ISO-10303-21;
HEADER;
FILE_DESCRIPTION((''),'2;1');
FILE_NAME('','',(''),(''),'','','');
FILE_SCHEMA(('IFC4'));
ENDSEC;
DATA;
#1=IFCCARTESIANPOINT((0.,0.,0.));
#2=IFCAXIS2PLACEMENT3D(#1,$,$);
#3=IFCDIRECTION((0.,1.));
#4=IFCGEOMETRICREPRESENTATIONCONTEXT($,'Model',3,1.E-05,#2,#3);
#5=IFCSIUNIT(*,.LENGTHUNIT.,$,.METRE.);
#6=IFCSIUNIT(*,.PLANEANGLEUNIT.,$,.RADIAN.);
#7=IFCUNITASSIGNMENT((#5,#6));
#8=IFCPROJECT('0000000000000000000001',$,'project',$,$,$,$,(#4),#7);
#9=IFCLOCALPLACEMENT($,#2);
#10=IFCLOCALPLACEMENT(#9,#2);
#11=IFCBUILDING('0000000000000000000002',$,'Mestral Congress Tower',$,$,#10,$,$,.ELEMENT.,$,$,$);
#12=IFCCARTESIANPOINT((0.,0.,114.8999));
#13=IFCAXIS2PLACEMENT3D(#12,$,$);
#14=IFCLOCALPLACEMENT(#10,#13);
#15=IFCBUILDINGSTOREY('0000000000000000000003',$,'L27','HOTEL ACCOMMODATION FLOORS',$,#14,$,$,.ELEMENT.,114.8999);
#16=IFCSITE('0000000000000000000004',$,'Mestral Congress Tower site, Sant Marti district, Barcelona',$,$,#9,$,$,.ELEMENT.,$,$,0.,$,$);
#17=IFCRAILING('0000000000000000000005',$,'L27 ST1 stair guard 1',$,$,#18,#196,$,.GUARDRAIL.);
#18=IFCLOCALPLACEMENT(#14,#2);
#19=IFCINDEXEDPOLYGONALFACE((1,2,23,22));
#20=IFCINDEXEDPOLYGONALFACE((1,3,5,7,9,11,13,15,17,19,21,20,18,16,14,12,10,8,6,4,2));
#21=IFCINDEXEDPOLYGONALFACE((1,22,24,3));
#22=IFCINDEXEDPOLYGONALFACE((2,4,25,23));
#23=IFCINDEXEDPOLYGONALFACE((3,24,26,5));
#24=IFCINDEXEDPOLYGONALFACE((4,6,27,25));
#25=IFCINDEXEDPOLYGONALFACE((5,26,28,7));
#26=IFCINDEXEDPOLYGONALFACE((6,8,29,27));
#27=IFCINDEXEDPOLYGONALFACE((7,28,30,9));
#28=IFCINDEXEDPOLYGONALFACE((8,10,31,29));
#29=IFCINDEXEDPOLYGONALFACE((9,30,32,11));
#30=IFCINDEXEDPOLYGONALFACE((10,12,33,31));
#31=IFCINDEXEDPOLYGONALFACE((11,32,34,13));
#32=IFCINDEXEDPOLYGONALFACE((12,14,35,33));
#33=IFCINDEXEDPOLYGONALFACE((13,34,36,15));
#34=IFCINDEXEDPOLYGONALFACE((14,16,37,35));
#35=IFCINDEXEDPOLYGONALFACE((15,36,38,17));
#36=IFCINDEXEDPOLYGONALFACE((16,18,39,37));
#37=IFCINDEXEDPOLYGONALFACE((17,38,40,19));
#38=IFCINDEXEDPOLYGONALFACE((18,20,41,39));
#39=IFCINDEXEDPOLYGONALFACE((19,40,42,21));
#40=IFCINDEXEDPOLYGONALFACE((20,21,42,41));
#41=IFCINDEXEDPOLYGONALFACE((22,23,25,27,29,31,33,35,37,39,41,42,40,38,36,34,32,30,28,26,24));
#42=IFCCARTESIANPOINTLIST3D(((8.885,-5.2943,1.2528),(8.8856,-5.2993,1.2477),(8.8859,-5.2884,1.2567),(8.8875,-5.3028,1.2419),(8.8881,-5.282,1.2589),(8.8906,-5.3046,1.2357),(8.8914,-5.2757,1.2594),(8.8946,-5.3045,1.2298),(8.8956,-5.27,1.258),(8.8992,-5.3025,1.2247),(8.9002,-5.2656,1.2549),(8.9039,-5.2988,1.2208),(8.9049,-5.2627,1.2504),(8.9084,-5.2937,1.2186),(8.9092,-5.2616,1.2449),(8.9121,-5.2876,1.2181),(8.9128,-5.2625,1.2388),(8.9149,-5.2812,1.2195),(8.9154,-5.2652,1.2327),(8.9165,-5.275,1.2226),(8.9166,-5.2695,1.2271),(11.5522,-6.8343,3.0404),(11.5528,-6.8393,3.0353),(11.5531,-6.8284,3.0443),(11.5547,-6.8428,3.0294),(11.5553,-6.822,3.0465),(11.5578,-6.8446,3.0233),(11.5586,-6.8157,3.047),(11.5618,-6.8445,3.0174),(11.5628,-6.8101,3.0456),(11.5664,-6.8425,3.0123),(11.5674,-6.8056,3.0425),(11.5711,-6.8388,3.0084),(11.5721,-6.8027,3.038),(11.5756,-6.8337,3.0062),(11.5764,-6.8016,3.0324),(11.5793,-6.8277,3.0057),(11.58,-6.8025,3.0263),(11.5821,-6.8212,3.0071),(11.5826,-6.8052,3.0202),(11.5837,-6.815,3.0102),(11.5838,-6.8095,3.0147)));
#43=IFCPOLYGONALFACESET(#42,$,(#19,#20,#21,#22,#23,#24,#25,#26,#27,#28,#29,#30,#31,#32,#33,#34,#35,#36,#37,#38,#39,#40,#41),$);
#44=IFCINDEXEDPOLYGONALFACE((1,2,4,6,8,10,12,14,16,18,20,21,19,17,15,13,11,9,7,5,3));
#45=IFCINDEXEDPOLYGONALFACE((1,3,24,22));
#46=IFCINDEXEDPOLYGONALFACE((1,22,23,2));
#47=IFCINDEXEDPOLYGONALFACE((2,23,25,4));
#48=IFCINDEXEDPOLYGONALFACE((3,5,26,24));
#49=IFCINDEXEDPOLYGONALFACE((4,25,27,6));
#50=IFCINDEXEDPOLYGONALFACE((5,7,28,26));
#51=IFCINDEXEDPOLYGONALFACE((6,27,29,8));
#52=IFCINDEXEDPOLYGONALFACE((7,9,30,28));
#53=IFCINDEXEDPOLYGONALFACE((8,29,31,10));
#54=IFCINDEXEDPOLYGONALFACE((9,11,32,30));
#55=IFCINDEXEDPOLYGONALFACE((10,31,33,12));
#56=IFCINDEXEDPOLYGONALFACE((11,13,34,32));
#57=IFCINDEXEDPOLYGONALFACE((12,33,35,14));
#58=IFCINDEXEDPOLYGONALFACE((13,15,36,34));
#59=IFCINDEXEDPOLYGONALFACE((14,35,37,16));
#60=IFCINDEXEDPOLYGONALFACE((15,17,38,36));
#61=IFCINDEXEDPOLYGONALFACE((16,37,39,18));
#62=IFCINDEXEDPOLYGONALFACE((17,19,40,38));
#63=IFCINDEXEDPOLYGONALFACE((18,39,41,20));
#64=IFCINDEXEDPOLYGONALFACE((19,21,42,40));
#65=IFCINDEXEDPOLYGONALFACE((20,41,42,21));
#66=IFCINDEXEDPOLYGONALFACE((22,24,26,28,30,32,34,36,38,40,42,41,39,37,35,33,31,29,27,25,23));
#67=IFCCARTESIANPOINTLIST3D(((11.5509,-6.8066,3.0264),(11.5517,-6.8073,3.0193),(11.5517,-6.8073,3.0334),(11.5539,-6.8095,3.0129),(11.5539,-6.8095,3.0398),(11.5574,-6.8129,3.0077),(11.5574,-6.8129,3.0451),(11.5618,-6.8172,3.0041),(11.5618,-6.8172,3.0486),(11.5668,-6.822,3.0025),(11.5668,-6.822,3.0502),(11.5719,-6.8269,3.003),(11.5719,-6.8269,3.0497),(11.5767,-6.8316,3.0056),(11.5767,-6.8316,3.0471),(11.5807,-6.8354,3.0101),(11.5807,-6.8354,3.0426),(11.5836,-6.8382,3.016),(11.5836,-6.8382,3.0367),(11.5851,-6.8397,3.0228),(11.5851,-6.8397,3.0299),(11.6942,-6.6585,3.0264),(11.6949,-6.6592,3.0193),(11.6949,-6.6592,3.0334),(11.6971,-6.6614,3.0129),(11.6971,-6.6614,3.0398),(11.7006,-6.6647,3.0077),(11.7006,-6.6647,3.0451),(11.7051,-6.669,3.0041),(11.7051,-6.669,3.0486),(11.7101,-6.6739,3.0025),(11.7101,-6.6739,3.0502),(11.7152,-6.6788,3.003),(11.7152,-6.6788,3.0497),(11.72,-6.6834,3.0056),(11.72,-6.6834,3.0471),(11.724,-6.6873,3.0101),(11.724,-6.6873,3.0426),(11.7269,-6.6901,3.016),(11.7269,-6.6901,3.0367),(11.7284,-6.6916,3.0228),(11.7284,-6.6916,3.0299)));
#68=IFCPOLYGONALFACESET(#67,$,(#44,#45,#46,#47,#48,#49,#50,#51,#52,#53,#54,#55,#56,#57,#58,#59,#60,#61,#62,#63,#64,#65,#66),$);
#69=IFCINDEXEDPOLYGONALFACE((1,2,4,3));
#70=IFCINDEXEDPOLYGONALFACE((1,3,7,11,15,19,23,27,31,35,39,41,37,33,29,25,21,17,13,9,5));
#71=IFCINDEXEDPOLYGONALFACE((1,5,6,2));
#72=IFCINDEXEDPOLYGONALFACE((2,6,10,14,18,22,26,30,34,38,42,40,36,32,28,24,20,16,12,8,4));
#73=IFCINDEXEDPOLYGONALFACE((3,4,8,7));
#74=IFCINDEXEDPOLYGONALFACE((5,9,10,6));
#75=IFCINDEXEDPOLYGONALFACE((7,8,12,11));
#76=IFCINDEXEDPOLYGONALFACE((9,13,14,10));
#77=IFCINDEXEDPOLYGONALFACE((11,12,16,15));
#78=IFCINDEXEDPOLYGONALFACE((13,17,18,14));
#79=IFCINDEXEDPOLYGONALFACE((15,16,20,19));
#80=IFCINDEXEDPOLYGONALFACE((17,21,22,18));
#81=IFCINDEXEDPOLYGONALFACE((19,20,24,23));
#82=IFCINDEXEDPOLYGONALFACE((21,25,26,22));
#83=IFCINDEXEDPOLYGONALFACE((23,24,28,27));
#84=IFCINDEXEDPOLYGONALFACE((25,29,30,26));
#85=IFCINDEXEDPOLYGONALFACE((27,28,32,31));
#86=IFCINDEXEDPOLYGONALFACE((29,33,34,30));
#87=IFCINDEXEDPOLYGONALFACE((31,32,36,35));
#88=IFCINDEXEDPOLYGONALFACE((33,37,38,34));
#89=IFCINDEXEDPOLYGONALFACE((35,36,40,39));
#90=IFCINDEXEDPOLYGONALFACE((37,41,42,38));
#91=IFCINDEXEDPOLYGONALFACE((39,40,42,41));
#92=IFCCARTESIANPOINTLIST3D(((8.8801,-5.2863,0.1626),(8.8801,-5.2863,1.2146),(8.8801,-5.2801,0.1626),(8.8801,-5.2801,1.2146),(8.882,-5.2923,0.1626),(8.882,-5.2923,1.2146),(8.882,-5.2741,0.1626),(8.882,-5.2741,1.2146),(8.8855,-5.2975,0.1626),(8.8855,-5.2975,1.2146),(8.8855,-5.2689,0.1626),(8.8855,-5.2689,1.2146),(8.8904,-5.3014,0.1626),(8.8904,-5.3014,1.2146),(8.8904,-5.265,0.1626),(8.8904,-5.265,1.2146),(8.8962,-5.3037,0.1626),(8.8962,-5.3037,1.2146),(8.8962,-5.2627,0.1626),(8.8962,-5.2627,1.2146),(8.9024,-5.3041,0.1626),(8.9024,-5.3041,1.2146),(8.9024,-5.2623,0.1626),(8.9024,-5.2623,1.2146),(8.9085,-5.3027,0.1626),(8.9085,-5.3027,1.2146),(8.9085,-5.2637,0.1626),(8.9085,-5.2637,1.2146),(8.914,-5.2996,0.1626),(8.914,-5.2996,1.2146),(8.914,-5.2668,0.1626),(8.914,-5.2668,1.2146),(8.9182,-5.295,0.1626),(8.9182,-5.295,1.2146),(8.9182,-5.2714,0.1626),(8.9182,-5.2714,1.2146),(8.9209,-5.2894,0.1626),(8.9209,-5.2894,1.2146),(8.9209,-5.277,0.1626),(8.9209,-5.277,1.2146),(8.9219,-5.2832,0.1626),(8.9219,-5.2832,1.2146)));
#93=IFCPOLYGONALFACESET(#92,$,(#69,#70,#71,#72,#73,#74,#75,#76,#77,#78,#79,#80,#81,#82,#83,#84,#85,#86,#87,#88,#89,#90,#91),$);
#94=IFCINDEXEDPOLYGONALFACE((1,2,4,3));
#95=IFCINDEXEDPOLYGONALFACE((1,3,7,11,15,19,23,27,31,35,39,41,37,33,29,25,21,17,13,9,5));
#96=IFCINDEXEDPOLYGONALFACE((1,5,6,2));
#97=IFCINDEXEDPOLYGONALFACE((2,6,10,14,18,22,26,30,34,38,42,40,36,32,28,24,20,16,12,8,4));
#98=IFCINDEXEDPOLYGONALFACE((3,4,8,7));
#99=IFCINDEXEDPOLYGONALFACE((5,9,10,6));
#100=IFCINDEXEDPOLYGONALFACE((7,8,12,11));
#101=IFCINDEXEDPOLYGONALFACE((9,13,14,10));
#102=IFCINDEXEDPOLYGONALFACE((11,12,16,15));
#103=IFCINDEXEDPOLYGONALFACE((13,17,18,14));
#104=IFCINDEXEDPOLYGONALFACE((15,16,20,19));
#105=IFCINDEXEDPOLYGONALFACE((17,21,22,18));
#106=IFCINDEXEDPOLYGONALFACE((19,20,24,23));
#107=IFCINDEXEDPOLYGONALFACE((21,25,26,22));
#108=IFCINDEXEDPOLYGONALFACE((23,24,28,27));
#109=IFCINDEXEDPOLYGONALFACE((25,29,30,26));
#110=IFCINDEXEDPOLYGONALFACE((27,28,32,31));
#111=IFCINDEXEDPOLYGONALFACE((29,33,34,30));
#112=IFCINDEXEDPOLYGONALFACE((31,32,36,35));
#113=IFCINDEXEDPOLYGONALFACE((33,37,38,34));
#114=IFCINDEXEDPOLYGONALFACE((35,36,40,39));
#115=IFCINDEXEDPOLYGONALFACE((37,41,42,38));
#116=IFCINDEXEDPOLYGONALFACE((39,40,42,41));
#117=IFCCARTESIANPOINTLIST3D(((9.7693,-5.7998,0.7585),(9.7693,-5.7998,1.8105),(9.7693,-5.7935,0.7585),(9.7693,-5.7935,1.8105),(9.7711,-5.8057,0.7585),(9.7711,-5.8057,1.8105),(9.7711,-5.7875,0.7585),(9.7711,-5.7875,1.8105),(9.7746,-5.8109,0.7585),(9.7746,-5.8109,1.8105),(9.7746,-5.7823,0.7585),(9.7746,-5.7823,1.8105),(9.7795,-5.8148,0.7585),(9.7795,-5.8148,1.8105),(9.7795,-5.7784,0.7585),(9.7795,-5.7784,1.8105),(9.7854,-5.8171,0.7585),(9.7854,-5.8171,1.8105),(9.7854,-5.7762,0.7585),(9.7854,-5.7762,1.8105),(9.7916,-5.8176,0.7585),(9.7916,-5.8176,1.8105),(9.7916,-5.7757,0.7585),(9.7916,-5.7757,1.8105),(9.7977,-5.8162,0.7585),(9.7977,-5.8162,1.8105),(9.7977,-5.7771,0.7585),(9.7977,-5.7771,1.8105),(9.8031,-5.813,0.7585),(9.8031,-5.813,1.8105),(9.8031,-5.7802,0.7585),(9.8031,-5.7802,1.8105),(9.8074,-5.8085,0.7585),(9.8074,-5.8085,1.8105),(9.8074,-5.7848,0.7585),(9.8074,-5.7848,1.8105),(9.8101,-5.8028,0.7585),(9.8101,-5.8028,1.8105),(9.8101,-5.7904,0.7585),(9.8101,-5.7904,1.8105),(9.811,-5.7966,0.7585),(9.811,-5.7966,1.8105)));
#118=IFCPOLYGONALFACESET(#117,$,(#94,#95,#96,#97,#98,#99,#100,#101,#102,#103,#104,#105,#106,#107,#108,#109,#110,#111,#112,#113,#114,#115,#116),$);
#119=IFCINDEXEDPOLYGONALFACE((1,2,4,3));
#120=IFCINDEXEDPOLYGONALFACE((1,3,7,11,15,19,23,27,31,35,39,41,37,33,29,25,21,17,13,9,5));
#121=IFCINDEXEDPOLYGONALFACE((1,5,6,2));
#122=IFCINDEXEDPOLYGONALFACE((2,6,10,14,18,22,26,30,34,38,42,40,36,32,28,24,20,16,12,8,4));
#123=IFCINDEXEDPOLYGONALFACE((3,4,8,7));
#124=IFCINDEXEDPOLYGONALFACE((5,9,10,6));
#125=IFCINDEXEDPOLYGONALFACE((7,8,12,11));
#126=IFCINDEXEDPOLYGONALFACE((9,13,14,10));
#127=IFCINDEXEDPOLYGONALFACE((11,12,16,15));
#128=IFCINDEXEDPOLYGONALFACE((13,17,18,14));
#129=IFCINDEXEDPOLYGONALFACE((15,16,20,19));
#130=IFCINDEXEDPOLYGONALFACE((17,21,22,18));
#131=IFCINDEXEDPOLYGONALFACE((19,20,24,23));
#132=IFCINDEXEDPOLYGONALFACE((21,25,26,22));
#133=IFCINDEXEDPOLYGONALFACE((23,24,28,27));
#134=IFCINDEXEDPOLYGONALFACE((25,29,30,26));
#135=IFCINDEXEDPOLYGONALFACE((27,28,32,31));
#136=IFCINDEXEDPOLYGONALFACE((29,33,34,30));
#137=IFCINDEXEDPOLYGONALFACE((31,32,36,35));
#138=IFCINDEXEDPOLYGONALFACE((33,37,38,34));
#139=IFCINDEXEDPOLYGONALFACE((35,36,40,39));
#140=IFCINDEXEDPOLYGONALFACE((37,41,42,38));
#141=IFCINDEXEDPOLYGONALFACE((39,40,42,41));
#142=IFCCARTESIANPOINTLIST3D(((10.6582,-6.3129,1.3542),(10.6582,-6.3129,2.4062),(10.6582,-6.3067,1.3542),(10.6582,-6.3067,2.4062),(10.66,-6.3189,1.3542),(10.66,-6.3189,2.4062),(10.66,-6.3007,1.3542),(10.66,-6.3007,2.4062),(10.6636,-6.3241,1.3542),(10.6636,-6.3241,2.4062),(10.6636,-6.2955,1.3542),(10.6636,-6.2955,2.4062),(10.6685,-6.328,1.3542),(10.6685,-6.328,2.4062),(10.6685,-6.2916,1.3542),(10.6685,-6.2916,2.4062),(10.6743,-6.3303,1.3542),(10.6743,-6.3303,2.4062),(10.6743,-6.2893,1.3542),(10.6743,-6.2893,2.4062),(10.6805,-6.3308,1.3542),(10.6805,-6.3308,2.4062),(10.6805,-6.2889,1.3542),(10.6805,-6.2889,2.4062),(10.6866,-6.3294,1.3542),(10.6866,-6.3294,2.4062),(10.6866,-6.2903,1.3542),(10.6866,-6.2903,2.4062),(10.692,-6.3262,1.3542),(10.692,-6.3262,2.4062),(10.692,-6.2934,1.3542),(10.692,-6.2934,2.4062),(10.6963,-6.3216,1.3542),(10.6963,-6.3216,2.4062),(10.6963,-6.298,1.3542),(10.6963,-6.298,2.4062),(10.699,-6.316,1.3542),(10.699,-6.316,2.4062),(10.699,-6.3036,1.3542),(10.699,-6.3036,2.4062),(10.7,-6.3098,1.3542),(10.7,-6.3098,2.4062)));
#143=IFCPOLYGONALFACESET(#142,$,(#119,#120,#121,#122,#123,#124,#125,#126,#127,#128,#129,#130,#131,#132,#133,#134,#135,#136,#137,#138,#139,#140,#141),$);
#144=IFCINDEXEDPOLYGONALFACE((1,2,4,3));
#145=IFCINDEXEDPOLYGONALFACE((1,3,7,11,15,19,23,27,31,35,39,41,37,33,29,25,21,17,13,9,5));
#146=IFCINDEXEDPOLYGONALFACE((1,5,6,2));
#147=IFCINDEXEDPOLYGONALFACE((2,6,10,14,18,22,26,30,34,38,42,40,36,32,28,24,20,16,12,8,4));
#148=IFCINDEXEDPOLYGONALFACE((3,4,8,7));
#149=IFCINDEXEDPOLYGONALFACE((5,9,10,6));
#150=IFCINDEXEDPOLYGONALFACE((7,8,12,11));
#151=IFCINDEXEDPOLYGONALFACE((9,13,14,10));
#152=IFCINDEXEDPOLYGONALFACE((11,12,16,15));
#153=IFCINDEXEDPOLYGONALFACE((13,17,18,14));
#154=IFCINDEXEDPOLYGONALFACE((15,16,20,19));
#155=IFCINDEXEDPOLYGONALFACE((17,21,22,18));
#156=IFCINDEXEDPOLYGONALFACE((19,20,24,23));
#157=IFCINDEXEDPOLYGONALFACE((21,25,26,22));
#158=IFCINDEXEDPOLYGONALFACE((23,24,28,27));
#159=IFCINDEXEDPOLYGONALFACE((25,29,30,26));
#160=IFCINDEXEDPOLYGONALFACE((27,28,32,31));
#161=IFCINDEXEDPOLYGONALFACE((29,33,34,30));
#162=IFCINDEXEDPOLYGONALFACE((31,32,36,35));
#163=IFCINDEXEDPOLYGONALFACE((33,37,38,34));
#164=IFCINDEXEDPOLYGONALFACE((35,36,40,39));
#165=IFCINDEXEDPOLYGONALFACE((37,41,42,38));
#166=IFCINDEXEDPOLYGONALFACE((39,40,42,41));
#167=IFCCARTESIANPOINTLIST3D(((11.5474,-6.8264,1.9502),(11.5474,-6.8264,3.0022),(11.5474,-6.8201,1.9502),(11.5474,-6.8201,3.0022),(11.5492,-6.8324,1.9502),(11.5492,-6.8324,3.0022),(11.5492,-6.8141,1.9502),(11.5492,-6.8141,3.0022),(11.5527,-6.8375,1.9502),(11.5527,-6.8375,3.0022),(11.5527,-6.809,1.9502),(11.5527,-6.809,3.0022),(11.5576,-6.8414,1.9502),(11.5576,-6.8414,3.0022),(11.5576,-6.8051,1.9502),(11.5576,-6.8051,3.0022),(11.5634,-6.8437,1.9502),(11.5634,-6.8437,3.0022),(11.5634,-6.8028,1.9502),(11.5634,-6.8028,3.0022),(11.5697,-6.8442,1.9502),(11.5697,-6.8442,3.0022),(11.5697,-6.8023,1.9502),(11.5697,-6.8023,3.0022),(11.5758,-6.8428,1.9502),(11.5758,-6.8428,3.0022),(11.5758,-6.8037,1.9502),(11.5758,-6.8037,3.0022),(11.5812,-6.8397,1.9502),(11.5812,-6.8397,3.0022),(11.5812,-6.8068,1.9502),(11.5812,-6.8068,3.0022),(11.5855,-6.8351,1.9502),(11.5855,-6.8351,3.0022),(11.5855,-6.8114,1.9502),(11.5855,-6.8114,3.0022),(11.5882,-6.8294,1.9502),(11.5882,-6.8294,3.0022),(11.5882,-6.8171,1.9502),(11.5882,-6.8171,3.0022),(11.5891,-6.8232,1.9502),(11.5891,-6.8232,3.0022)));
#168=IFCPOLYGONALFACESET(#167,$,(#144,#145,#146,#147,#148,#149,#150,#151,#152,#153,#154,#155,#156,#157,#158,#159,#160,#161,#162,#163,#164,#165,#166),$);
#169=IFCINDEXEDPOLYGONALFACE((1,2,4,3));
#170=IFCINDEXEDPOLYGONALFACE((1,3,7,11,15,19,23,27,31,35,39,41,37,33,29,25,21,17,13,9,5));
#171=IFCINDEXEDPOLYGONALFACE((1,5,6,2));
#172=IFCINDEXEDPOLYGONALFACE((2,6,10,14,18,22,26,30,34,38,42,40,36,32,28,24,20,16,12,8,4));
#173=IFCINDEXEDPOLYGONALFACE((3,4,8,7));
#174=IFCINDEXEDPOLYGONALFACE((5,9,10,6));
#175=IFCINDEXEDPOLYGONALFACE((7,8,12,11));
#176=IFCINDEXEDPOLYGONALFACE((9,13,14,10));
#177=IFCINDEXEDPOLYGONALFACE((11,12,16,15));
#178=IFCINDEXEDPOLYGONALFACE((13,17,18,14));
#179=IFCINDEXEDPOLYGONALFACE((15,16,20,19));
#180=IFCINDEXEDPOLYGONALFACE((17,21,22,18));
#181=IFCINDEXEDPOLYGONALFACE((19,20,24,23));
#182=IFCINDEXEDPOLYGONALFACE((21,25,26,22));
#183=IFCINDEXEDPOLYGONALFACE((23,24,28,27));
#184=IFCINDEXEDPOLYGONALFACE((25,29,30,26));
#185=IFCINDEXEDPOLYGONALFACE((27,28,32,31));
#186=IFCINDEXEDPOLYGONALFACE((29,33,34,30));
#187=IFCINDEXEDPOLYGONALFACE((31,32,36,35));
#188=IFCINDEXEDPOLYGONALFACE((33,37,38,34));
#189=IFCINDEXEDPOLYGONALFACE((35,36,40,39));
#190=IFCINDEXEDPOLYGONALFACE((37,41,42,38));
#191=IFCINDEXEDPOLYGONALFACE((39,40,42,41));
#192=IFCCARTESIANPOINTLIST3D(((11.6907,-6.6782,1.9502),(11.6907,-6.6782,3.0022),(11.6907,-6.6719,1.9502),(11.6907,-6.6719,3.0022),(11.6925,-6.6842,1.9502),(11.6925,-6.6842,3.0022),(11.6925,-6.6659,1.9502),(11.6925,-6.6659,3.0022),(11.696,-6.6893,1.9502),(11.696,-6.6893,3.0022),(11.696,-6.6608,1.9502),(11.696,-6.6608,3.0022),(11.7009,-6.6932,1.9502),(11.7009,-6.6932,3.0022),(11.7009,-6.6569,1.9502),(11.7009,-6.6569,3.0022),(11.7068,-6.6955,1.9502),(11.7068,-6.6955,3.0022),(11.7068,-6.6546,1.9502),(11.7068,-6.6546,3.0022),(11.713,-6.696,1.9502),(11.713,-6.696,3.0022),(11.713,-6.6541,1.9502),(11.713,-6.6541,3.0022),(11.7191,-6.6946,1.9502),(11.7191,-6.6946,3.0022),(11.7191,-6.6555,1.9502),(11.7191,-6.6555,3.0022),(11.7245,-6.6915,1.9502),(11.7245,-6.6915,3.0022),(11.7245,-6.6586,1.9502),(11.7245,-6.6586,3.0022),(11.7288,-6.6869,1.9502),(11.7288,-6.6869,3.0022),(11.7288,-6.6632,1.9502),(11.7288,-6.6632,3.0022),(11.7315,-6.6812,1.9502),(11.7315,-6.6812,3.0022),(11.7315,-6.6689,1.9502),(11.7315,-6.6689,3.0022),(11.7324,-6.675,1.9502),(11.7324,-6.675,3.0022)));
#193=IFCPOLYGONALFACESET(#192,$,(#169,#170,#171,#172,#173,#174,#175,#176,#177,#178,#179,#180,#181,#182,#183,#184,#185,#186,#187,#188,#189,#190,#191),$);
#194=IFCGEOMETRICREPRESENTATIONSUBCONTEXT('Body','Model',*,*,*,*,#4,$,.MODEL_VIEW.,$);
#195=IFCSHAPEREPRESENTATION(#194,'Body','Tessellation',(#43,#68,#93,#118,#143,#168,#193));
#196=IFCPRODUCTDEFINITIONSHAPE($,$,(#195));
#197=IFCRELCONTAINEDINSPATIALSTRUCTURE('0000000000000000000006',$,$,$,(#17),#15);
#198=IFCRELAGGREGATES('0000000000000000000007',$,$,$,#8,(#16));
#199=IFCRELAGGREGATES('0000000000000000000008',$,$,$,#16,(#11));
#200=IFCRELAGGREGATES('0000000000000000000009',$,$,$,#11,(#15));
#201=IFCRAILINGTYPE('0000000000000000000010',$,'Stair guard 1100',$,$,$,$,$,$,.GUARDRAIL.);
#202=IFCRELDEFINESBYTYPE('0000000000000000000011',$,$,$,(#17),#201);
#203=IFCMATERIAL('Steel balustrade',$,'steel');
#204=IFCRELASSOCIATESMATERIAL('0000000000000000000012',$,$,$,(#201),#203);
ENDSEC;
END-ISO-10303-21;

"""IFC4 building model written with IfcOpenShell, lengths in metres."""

from ifc_helpers import new_model, si_unit, direction, frame, origin, origin_2d, place, context, subcontext, project, spatial, circle, extrude, material, type_object, element, save


model = new_model("IFC4")

# Units and contexts
model_context = context("Model", 3, precision=1e-05, world=origin(), true_north=direction((0.0, 1.0)))
body_context = subcontext(model_context, "Body", "Model", "MODEL_VIEW")
ifc_project = project(units=[si_unit("LENGTHUNIT", "METRE"), si_unit("PLANEANGLEUNIT", "RADIAN")], contexts=[model_context])

# Site, building, storey
site_placement = place(None, origin())
site = spatial("IfcSite", under=ifc_project, at=site_placement, Name="Mestral Congress Tower site, Sant Marti district, Barcelona", CompositionType="ELEMENT", RefElevation=0.0)
building_placement = place(site_placement, origin())
building = spatial("IfcBuilding", under=site, at=building_placement, Name="Mestral Congress Tower", CompositionType="ELEMENT")
storey_placement = place(building_placement, frame((0.0, 0.0, 114.8999)))
storey = spatial("IfcBuildingStorey", under=building, at=storey_placement, Name="L27", Description="HOTEL ACCOMMODATION FLOORS", CompositionType="ELEMENT", Elevation=114.8999)

# Railing
ifc_material_1 = material(Name="Steel balustrade", Category="steel")
railing_type_1 = type_object("IfcRailingType", Name="Stair guard 1100", PredefinedType="GUARDRAIL", material=ifc_material_1)
railing_1_placement = place(storey_placement, frame((8.9009, -5.2832, 0.1626)))
element("IfcRailing", 1, at=railing_1_placement, inside=storey, type_object=railing_type_1, Name="L27 ST1 stair guard 1", PredefinedType="GUARDRAIL", context=body_context, shape_type="SweptSolid", body=[
    extrude(circle(Radius=0.0239, at=origin_2d()), frame((0.0, 0.0, 1.0762), z_axis=(0.748994, -0.432463, 0.50198), x_axis=(0.500027, 0.86601, 0.0)), (0.0, 0.0, 1.0), 3.561),
    extrude(circle(Radius=0.0239, at=origin_2d()), frame((2.6672, -1.54, 2.8638), z_axis=(0.695165, 0.71885, 0.0), x_axis=(-0.71885, 0.695165, 0.0)), (0.0, 0.0, 1.0), 0.2061),
    extrude(circle(Radius=0.021, at=origin_2d()), origin(), (0.0, 0.0, 1.0), 1.052),
    extrude(circle(Radius=0.021, at=origin_2d()), frame((0.8892, -0.5134, 0.5959)), (0.0, 0.0, 1.0), 1.052),
    extrude(circle(Radius=0.021, at=origin_2d()), frame((1.7781, -1.0266, 1.1917)), (0.0, 0.0, 1.0), 1.052),
    extrude(circle(Radius=0.021, at=origin_2d()), frame((2.6672, -1.54, 1.7876)), (0.0, 0.0, 1.0), 1.052),
    extrude(circle(Radius=0.021, at=origin_2d()), frame((2.8105, -1.3918, 1.7876)), (0.0, 0.0, 1.0), 1.052),
])

save(model, "model.ifc")
